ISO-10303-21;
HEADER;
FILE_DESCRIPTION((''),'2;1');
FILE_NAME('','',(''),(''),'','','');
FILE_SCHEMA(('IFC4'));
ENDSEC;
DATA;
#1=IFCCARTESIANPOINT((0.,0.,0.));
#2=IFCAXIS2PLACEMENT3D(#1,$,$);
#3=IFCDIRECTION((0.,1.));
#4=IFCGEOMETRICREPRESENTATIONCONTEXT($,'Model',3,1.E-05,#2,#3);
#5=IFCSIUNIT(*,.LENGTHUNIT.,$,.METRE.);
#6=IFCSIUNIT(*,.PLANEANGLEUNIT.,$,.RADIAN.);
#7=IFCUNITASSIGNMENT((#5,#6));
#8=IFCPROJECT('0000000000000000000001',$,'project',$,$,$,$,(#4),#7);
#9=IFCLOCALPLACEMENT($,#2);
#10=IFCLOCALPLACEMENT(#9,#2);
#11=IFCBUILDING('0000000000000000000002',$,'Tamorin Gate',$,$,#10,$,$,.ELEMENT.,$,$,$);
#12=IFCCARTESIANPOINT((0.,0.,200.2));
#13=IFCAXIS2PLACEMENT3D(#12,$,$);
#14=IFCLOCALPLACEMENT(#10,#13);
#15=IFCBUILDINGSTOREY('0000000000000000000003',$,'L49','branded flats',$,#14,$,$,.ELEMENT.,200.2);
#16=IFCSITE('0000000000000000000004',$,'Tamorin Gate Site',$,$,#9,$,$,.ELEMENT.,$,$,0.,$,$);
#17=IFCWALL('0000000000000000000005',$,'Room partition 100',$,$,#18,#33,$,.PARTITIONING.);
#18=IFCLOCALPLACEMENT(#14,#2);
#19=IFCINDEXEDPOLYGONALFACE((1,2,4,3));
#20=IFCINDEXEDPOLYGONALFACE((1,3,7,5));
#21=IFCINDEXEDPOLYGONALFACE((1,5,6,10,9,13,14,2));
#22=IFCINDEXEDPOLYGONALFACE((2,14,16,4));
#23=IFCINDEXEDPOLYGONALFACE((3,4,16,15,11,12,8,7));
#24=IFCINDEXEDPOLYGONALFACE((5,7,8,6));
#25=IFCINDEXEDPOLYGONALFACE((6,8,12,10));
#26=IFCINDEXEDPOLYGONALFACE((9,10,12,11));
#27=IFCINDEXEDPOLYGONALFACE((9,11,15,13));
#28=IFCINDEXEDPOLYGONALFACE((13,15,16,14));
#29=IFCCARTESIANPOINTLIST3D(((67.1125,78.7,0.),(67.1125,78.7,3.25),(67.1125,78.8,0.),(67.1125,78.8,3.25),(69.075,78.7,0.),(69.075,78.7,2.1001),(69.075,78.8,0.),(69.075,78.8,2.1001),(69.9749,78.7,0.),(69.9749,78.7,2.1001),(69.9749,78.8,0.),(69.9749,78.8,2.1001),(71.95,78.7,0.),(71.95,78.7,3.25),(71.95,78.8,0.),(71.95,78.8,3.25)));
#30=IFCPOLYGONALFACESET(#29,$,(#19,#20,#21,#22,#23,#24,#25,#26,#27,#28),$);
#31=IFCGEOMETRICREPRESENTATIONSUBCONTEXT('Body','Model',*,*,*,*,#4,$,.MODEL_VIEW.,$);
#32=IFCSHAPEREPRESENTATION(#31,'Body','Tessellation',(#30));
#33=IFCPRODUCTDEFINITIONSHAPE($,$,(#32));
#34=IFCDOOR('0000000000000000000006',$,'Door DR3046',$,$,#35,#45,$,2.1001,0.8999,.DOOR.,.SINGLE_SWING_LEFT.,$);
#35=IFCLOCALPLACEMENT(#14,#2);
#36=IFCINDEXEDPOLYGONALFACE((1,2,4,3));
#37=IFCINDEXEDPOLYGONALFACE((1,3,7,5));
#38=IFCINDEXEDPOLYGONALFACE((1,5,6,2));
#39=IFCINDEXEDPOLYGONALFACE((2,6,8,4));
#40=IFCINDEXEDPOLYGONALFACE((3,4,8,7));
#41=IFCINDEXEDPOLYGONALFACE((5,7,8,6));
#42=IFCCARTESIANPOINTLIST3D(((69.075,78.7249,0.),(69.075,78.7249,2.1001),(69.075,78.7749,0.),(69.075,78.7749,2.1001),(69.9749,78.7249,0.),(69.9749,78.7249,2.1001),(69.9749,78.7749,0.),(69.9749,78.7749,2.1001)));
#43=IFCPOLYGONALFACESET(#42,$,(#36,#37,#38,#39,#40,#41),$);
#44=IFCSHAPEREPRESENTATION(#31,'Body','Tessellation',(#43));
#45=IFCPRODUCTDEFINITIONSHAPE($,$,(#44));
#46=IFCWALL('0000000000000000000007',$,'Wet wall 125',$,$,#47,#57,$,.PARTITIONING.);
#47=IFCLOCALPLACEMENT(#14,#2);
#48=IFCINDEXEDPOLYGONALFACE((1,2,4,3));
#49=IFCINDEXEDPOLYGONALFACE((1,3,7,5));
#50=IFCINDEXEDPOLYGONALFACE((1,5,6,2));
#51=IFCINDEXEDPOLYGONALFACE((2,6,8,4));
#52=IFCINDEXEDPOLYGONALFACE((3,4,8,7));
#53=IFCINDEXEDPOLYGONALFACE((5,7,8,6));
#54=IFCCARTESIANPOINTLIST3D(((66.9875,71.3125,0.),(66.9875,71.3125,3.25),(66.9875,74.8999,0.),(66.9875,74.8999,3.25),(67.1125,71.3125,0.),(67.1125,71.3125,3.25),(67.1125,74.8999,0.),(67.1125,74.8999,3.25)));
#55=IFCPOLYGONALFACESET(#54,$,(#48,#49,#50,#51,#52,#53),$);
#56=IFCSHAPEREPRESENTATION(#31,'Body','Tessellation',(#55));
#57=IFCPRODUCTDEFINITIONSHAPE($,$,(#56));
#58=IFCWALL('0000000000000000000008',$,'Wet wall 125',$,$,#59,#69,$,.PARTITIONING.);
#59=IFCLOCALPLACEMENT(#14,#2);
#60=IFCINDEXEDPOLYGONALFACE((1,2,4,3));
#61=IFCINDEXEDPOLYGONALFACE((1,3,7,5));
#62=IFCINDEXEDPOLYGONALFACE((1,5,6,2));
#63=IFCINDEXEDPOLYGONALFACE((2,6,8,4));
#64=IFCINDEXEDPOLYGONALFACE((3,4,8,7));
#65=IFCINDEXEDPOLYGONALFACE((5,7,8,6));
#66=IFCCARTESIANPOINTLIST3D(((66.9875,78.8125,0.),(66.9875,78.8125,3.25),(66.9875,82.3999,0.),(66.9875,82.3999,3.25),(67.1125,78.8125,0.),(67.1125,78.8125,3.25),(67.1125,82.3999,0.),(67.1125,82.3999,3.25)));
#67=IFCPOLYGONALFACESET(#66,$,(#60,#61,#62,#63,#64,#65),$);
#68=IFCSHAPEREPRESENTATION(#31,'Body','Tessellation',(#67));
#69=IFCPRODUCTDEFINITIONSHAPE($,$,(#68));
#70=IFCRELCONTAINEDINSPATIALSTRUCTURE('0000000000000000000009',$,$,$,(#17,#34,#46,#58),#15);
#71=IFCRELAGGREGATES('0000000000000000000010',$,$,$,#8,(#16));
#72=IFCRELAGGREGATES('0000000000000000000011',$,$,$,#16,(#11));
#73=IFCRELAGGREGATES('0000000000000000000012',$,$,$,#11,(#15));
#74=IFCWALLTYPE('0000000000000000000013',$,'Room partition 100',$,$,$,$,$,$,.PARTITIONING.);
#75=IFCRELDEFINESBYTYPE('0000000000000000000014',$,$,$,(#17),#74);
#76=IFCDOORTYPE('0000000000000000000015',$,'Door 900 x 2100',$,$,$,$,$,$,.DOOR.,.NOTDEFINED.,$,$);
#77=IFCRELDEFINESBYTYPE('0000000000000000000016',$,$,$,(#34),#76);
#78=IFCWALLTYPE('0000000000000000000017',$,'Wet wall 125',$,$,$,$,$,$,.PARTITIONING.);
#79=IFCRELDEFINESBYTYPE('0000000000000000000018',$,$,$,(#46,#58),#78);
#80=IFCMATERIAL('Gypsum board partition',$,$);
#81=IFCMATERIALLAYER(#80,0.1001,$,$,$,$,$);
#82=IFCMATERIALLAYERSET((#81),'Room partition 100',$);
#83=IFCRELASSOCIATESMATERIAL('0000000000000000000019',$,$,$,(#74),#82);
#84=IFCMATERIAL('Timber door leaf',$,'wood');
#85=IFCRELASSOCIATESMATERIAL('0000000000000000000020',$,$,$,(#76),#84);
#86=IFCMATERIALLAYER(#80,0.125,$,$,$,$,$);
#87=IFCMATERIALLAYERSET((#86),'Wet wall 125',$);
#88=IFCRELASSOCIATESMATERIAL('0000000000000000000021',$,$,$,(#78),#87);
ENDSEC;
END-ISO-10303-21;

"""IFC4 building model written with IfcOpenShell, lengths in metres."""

from ifc_helpers import new_model, si_unit, direction, frame, frame_2d, origin, place, context, subcontext, project, spatial, rectangle, extrude, material, layer, layer_set, type_object, element, fill, save


model = new_model("IFC4")

# Units and contexts
model_context = context("Model", 3, precision=1e-05, world=origin(), true_north=direction((0.0, 1.0)))
body_context = subcontext(model_context, "Body", "Model", "MODEL_VIEW")
ifc_project = project(units=[si_unit("LENGTHUNIT", "METRE"), si_unit("PLANEANGLEUNIT", "RADIAN")], contexts=[model_context])

# Site, building, storey
site_placement = place(None, origin())
site = spatial("IfcSite", under=ifc_project, at=site_placement, Name="Tamorin Gate Site", CompositionType="ELEMENT", RefElevation=0.0)
building_placement = place(site_placement, origin())
building = spatial("IfcBuilding", under=site, at=building_placement, Name="Tamorin Gate", CompositionType="ELEMENT")
storey_placement = place(building_placement, frame((0.0, 0.0, 200.2)))
storey = spatial("IfcBuildingStorey", under=building, at=storey_placement, Name="L49", Description="branded flats", CompositionType="ELEMENT", Elevation=200.2)

# Shared definitions
ifc_material_1 = material(Name="Gypsum board partition")
ifc_layer_1 = layer(ifc_material_1, 0.1001)
ifc_layer_set_1 = layer_set([ifc_layer_1], Name="Room partition 100")
wall_type_1 = type_object("IfcWallType", Name="Room partition 100", PredefinedType="PARTITIONING", material=ifc_layer_set_1)
ifc_material_2 = material(Name="Timber door leaf", Category="wood")
door_type = type_object("IfcDoorType", Name="Door 900 x 2100", OperationType="NOTDEFINED", PredefinedType="DOOR", material=ifc_material_2)

# Wall, opening, door
wall_1_placement = place(storey_placement, frame((67.1125, 78.75, 0.0), z_axis=(0.0, 0.0, 1.0), x_axis=(1.0, 0.0, 0.0)))
wall_1 = element("IfcWall", 1, at=wall_1_placement, inside=storey, type_object=wall_type_1, Name="Room partition 100", PredefinedType="PARTITIONING", context=body_context, shape_type="SweptSolid", body=[
    extrude(rectangle(XDim=4.8374, YDim=0.1001, at=frame_2d((2.4187, 0.0))), origin(), (0.0, 0.0, 1.0), 3.25),
])
opening_1_placement = place(wall_1_placement, frame((1.9624, 0.0, 0.0)))
opening_1 = element("IfcOpeningElement", 2, at=opening_1_placement, cuts=wall_1, PredefinedType="OPENING", context=body_context, shape_type="SweptSolid", body=[
    extrude(rectangle(XDim=0.8999, YDim=2.1001, at=frame_2d((0.45, 1.05))), frame((0.0, 0.0601, 0.0), z_axis=(0.0, -1.0, 0.0), x_axis=(1.0, 0.0, 0.0)), (0.0, 0.0, 1.0), 0.1201),
])
door_1_placement = place(opening_1_placement, origin())
door_1 = element("IfcDoor", 3, at=door_1_placement, inside=storey, type_object=door_type, Name="Door DR3046", OperationType="SINGLE_SWING_LEFT", OverallHeight=2.1001, OverallWidth=0.8999, PredefinedType="DOOR", context=body_context, shape_type="SweptSolid", body=[
    extrude(rectangle(XDim=0.8999, YDim=2.1001, at=frame_2d((0.45, 1.05))), frame((0.0, 0.0249, 0.0), z_axis=(0.0, -1.0, 0.0), x_axis=(1.0, 0.0, 0.0)), (0.0, 0.0, 1.0), 0.05),
])
fill(opening_1, door_1)

# Walls
ifc_layer_2 = layer(ifc_material_1, 0.125)
ifc_layer_set_2 = layer_set([ifc_layer_2], Name="Wet wall 125")
wall_type_2 = type_object("IfcWallType", Name="Wet wall 125", PredefinedType="PARTITIONING", material=ifc_layer_set_2)
for number, where, z_axis, x_axis, name in (
    (4, (67.05, 71.3125, 0.0), (0.0, 0.0, 1.0), (0.0, 1.0, 0.0), "Wet wall 125"),
    (5, (67.05, 78.8125, 0.0), (0.0, 0.0, 1.0), (0.0, 1.0, 0.0), "Wet wall 125"),
):
    element("IfcWall", number, at=place(storey_placement, frame(where, z_axis=z_axis, x_axis=x_axis)), inside=storey, type_object=wall_type_2, Name=name, PredefinedType="PARTITIONING", context=body_context, shape_type="SweptSolid", body=[
        extrude(rectangle(XDim=3.5874, YDim=0.125, at=frame_2d((1.7937, 0.0))), origin(), (0.0, 0.0, 1.0), 3.25),
    ])

save(model, "model.ifc")
